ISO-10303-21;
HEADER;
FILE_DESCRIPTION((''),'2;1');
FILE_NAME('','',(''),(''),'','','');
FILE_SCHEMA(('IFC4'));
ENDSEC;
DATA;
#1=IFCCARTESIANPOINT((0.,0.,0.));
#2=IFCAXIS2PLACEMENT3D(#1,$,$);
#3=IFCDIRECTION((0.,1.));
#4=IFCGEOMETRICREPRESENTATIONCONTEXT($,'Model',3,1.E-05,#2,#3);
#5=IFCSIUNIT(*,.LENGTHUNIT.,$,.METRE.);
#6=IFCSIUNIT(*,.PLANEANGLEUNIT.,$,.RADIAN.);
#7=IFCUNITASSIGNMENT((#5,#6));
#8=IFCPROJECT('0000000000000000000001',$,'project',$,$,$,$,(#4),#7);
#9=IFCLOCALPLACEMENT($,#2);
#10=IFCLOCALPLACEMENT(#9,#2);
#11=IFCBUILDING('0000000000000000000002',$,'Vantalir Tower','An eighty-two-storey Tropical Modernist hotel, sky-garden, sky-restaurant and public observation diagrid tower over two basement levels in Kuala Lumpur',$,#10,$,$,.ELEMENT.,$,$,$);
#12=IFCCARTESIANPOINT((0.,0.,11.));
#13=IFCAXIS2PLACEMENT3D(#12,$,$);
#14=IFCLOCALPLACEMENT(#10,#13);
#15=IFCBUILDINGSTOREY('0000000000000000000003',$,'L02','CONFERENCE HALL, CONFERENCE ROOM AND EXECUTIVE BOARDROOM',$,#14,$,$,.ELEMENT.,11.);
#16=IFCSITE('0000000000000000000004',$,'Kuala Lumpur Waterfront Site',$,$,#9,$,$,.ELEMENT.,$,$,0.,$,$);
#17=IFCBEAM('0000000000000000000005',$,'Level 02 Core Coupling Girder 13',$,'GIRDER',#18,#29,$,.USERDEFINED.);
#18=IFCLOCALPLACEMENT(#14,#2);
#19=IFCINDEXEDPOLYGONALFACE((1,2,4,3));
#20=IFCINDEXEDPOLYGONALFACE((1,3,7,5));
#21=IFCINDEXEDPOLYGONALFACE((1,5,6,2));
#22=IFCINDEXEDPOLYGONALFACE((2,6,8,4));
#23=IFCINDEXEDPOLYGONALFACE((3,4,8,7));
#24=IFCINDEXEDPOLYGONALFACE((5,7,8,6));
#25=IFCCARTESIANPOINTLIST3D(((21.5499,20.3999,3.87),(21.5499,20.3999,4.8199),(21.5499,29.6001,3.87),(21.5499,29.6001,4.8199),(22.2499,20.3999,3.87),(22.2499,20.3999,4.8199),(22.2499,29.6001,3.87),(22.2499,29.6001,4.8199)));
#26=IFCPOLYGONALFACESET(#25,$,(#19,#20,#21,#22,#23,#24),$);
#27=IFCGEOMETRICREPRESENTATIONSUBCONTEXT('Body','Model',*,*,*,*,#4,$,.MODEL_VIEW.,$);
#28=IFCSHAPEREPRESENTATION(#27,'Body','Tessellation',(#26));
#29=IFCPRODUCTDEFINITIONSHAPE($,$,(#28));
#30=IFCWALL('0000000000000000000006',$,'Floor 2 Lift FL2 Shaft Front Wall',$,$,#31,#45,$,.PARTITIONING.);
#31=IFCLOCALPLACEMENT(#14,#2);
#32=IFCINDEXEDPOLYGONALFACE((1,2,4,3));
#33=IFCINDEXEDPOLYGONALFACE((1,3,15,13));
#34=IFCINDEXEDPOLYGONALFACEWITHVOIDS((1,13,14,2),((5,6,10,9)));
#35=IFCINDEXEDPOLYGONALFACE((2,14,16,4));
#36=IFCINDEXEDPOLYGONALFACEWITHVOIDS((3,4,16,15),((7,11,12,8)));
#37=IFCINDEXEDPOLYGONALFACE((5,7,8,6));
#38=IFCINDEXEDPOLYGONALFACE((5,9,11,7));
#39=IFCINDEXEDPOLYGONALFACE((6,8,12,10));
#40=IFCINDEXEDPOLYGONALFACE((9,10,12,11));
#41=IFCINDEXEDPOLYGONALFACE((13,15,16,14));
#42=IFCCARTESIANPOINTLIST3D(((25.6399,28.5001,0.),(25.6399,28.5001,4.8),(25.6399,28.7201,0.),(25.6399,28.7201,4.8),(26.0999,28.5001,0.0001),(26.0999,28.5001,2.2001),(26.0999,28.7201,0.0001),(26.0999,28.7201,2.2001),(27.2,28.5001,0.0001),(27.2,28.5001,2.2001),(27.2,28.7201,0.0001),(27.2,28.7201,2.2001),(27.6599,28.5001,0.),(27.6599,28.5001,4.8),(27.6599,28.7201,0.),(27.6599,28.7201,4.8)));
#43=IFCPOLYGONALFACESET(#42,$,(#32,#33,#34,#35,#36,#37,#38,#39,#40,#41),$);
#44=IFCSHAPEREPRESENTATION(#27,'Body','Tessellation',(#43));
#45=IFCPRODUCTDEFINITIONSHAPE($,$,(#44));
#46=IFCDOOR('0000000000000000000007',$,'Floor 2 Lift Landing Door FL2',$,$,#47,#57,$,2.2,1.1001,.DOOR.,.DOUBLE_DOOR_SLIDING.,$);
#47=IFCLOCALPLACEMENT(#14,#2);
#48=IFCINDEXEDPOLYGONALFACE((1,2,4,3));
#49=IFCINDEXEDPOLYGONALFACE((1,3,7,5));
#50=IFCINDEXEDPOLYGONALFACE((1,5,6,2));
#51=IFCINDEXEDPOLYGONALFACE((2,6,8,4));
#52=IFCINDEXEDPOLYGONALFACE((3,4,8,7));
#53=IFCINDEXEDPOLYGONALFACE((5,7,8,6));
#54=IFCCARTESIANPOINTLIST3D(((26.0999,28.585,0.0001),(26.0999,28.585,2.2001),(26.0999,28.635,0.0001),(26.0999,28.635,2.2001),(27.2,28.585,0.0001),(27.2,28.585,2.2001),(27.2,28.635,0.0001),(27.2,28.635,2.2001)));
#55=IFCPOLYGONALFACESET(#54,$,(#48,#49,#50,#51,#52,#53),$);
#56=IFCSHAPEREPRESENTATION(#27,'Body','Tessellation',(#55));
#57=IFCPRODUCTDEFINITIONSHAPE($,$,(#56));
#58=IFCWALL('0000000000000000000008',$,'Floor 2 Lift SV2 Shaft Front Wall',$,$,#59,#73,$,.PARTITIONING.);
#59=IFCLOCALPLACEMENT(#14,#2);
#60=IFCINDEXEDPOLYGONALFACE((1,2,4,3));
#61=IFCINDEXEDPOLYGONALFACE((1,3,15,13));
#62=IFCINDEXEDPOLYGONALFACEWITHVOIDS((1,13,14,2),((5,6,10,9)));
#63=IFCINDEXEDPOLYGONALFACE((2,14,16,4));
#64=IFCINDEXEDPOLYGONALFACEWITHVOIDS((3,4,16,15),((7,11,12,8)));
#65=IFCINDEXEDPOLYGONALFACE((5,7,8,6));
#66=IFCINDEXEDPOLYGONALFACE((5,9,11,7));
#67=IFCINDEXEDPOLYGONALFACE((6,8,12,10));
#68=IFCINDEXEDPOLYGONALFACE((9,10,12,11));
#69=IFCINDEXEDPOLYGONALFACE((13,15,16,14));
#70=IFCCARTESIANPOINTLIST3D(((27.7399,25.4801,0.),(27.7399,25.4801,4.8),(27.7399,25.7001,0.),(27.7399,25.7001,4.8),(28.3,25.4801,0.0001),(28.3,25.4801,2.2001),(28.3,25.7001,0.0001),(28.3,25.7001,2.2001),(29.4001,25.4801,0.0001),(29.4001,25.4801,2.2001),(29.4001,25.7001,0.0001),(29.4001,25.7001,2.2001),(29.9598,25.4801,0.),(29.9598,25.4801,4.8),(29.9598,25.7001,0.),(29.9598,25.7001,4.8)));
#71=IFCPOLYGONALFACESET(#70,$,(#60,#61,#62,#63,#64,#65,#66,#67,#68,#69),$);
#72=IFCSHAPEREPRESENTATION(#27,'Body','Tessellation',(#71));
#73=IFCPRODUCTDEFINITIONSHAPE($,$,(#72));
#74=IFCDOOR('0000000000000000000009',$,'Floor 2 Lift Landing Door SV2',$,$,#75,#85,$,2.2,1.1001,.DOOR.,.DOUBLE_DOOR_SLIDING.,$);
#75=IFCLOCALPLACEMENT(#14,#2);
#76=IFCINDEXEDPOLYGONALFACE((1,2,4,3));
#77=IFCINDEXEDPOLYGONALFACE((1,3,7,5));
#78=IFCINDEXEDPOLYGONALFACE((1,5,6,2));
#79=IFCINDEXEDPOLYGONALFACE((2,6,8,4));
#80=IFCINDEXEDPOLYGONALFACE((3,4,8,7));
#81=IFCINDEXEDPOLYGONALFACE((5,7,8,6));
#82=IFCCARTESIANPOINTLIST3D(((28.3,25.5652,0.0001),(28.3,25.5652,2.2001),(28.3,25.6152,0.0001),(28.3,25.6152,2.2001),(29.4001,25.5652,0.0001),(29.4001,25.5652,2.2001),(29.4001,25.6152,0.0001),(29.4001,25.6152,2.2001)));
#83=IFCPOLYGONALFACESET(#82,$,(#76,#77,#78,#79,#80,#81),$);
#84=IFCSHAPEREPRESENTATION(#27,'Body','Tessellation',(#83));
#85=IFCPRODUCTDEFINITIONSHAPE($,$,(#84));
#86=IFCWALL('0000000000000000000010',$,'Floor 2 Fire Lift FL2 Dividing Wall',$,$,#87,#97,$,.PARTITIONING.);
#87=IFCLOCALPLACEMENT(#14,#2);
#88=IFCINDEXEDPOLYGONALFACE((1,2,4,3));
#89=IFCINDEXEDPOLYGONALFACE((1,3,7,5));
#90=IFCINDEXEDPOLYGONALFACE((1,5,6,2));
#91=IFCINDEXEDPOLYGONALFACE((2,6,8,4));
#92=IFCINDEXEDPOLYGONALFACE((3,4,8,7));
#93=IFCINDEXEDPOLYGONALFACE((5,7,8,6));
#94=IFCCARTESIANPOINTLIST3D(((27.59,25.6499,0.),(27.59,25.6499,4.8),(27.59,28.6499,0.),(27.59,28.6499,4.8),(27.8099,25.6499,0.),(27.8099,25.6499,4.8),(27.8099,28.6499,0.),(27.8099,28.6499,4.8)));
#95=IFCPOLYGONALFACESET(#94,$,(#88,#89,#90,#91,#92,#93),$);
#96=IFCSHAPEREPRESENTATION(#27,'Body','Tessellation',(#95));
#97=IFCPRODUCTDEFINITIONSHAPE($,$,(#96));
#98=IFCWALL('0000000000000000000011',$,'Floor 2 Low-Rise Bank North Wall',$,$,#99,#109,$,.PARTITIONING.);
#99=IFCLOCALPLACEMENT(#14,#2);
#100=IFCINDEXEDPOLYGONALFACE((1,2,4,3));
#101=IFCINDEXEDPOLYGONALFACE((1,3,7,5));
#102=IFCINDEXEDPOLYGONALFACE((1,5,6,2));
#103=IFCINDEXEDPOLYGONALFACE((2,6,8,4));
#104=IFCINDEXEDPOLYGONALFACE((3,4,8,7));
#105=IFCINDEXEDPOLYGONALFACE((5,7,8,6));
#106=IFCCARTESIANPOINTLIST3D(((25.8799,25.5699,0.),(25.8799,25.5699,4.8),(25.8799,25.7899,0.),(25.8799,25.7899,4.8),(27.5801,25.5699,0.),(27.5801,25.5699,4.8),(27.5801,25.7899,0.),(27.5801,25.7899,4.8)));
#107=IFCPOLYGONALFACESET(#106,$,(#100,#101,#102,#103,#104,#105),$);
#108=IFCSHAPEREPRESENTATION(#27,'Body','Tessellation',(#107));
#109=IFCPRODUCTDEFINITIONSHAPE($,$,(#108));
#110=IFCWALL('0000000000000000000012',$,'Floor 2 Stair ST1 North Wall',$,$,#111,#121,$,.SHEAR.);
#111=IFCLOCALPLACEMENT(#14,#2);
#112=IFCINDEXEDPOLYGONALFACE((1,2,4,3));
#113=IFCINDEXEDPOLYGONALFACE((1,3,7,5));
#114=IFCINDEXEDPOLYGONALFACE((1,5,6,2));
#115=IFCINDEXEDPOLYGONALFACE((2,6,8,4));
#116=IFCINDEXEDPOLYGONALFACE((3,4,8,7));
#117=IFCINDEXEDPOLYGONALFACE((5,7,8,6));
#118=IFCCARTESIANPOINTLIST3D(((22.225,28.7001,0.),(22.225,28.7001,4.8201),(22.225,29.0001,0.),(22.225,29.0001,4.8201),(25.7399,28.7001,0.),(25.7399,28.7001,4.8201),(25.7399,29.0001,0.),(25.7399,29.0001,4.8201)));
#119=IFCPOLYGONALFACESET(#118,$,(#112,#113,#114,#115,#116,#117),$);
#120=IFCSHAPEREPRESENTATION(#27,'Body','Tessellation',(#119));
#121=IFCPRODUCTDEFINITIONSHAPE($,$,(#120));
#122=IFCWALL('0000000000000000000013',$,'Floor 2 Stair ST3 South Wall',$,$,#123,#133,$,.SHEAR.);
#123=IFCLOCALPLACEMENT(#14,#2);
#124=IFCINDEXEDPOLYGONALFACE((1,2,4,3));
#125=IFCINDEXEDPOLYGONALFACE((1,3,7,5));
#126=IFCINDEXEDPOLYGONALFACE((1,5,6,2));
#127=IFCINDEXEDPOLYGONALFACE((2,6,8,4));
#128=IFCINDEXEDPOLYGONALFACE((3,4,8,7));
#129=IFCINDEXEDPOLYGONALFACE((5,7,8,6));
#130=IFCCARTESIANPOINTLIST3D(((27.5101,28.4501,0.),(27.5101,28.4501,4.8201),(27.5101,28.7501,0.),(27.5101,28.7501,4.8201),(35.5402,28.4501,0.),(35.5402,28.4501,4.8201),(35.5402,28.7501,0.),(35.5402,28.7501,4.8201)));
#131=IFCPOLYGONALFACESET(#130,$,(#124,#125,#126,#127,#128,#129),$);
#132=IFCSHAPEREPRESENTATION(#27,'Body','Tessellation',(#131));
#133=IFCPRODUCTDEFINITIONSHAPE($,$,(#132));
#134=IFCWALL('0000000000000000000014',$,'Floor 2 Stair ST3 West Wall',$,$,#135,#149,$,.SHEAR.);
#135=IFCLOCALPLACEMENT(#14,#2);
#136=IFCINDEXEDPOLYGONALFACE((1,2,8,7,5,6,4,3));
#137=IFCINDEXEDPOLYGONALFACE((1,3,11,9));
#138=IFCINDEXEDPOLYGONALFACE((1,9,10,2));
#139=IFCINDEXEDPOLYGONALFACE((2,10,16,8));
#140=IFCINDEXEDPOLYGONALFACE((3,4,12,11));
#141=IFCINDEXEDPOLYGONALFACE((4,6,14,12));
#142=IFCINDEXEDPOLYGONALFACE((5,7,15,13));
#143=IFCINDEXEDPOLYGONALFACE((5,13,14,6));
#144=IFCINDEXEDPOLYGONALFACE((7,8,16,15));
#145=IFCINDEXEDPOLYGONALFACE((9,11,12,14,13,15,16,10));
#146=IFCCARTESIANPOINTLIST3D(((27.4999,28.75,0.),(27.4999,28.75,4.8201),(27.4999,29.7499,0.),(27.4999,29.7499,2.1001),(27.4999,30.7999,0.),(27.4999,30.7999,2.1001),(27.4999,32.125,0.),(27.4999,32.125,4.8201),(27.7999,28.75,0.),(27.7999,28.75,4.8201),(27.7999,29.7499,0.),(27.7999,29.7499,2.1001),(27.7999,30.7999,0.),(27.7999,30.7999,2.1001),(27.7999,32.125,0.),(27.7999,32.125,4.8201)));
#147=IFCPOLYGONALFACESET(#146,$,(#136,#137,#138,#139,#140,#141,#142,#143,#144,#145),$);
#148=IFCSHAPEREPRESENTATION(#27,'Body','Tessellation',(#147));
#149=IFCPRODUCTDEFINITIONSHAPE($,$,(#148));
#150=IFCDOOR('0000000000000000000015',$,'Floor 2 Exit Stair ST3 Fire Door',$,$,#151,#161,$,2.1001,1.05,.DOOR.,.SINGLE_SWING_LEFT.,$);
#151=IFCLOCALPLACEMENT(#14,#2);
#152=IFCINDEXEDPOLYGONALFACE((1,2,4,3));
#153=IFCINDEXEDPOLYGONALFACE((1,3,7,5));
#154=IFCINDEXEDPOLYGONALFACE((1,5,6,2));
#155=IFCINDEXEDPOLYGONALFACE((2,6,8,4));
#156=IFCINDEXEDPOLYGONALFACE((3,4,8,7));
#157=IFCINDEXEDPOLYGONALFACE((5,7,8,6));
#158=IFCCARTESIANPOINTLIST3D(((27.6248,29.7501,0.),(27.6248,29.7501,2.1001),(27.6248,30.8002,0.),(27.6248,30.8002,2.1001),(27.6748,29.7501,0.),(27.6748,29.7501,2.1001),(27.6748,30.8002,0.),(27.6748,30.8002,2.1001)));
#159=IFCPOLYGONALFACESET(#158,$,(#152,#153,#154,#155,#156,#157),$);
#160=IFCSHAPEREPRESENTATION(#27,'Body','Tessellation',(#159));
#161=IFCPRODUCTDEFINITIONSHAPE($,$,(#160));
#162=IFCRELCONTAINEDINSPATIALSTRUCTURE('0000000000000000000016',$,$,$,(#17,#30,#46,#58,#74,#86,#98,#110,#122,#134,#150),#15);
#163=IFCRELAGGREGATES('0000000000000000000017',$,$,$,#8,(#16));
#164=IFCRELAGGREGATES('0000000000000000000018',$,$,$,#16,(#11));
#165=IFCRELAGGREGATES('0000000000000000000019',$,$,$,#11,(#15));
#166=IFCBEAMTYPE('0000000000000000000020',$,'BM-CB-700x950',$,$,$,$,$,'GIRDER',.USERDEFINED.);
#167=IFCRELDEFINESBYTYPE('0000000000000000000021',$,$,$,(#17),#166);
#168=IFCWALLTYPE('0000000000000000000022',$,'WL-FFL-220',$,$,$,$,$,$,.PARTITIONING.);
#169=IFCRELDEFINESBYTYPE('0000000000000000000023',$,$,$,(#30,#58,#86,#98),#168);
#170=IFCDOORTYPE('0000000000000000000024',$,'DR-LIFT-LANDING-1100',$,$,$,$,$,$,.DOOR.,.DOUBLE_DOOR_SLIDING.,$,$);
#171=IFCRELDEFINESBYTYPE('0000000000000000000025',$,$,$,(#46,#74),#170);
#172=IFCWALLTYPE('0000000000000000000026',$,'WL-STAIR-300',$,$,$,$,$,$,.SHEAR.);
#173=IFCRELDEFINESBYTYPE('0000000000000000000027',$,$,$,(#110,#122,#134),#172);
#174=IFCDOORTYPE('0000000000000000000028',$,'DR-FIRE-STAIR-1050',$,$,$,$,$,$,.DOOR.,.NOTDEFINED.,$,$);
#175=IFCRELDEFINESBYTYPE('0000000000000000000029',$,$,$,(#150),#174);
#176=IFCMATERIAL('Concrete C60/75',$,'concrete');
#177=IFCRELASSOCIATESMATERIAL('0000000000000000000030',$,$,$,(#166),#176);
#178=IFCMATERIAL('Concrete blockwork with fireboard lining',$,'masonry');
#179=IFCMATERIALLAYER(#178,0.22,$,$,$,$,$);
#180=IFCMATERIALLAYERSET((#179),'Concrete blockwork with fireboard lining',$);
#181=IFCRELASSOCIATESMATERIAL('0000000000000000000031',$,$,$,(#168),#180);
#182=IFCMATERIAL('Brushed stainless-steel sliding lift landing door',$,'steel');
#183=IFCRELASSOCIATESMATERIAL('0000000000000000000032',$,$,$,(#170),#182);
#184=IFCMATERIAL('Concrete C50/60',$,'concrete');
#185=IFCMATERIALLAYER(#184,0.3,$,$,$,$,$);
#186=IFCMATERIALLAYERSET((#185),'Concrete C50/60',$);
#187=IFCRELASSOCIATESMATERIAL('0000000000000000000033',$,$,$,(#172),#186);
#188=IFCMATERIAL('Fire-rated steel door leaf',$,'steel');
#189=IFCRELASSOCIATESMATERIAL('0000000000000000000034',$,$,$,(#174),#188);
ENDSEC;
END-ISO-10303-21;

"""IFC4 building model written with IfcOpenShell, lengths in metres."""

from ifc_helpers import new_model, si_unit, direction, frame, frame_2d, origin, origin_2d, place, context, subcontext, project, spatial, rectangle, extrude, material, layer, layer_set, material_profile, profile_set, type_object, element, fill, save


model = new_model("IFC4")

# Units and contexts
model_context = context("Model", 3, precision=1e-05, world=origin(), true_north=direction((0.0, 1.0)))
body_context = subcontext(model_context, "Body", "Model", "MODEL_VIEW")
ifc_project = project(units=[si_unit("LENGTHUNIT", "METRE"), si_unit("PLANEANGLEUNIT", "RADIAN")], contexts=[model_context])

# Site, building, storey
site_placement = place(None, origin())
site = spatial("IfcSite", under=ifc_project, at=site_placement, Name="Kuala Lumpur Waterfront Site", CompositionType="ELEMENT", RefElevation=0.0)
building_placement = place(site_placement, origin())
building = spatial("IfcBuilding", under=site, at=building_placement, Name="Vantalir Tower", Description="An eighty-two-storey Tropical Modernist hotel, sky-garden, sky-restaurant and public observation diagrid tower over two basement levels in Kuala Lumpur", CompositionType="ELEMENT")
storey_placement = place(building_placement, frame((0.0, 0.0, 11.0)))
storey = spatial("IfcBuildingStorey", under=building, at=storey_placement, Name="L02", Description="CONFERENCE HALL, CONFERENCE ROOM AND EXECUTIVE BOARDROOM", CompositionType="ELEMENT", Elevation=11.0)

# Beam
ifc_material_1 = material(Name="Concrete C60/75", Category="concrete")
ifc_material_profile = material_profile(ifc_material_1, rectangle(XDim=0.7, YDim=0.95, at=origin_2d()), Name="Concrete C60/75")
ifc_profile_set = profile_set([ifc_material_profile], Name="Concrete C60/75")
beam_type = type_object("IfcBeamType", Name="BM-CB-700x950", ElementType="GIRDER", PredefinedType="USERDEFINED", material=ifc_profile_set)
beam_placement = place(storey_placement, frame((21.8999, 29.6001, 4.345), z_axis=(0.0, -1.0, 0.0), x_axis=(1.0, 0.0, 0.0)))
element("IfcBeam", 1, at=beam_placement, inside=storey, type_object=beam_type, Name="Level 02 Core Coupling Girder 13", ObjectType="GIRDER", PredefinedType="USERDEFINED", context=body_context, shape_type="SweptSolid", body=[
    extrude(rectangle(XDim=0.7, YDim=0.95, at=origin_2d()), origin(), (0.0, 0.0, 1.0), 9.2002),
])

# Walls, openings, doors
ifc_material_2 = material(Name="Concrete blockwork with fireboard lining", Category="masonry")
ifc_layer_1 = layer(ifc_material_2, 0.22)
ifc_layer_set_1 = layer_set([ifc_layer_1], Name="Concrete blockwork with fireboard lining")
wall_type_1 = type_object("IfcWallType", Name="WL-FFL-220", PredefinedType="PARTITIONING", material=ifc_layer_set_1)
wall_1_placement = place(storey_placement, frame((25.6399, 28.6101, 0.0), z_axis=(0.0, 0.0, 1.0), x_axis=(1.0, 0.0, 0.0)))
wall_1 = element("IfcWall", 2, at=wall_1_placement, inside=storey, type_object=wall_type_1, Name="Floor 2 Lift FL2 Shaft Front Wall", PredefinedType="PARTITIONING", context=body_context, shape_type="SweptSolid", body=[
    extrude(rectangle(XDim=2.02, YDim=0.22, at=frame_2d((1.01, 0.0))), origin(), (0.0, 0.0, 1.0), 4.8),
])
opening_1_placement = place(wall_1_placement, frame((0.46, 0.0, 0.0)))
opening_1 = element("IfcOpeningElement", 3, at=opening_1_placement, cuts=wall_1, PredefinedType="OPENING", context=body_context, shape_type="SweptSolid", body=[
    extrude(rectangle(XDim=1.1001, YDim=2.2, at=frame_2d((0.55, 1.1001))), frame((0.0, 0.1199, 0.0), z_axis=(0.0, -1.0, 0.0), x_axis=(1.0, 0.0, 0.0)), (0.0, 0.0, 1.0), 0.24),
])
ifc_material_3 = material(Name="Brushed stainless-steel sliding lift landing door", Category="steel")
door_type_1 = type_object("IfcDoorType", Name="DR-LIFT-LANDING-1100", OperationType="DOUBLE_DOOR_SLIDING", PredefinedType="DOOR", material=ifc_material_3)
door_1_placement = place(opening_1_placement, origin())
door_1 = element("IfcDoor", 4, at=door_1_placement, inside=storey, type_object=door_type_1, Name="Floor 2 Lift Landing Door FL2", OperationType="DOUBLE_DOOR_SLIDING", OverallHeight=2.2, OverallWidth=1.1001, PredefinedType="DOOR", context=body_context, shape_type="SweptSolid", body=[
    extrude(rectangle(XDim=1.1001, YDim=2.2, at=frame_2d((0.55, 1.1001))), frame((0.0, 0.0249, 0.0), z_axis=(0.0, -1.0, 0.0), x_axis=(1.0, 0.0, 0.0)), (0.0, 0.0, 1.0), 0.05),
])
fill(opening_1, door_1)
wall_2_placement = place(storey_placement, frame((27.74, 25.5901, 0.0), z_axis=(0.0, 0.0, 1.0), x_axis=(1.0, 0.0, 0.0)))
wall_2 = element("IfcWall", 5, at=wall_2_placement, inside=storey, type_object=wall_type_1, Name="Floor 2 Lift SV2 Shaft Front Wall", PredefinedType="PARTITIONING", context=body_context, shape_type="SweptSolid", body=[
    extrude(rectangle(XDim=2.22, YDim=0.22, at=frame_2d((1.1099, 0.0))), origin(), (0.0, 0.0, 1.0), 4.8),
])
opening_2_placement = place(wall_2_placement, frame((0.5601, 0.0, 0.0)))
opening_2 = element("IfcOpeningElement", 6, at=opening_2_placement, cuts=wall_2, PredefinedType="OPENING", context=body_context, shape_type="SweptSolid", body=[
    extrude(rectangle(XDim=1.1001, YDim=2.2, at=frame_2d((0.55, 1.1001))), frame((0.0, 0.1199, 0.0), z_axis=(0.0, -1.0, 0.0), x_axis=(1.0, 0.0, 0.0)), (0.0, 0.0, 1.0), 0.24),
])
door_2_placement = place(opening_2_placement, frame((1.1001, 0.0, 0.0), z_axis=(0.0, 0.0, 1.0), x_axis=(-1.0, 0.0, 0.0)))
door_2 = element("IfcDoor", 7, at=door_2_placement, inside=storey, type_object=door_type_1, Name="Floor 2 Lift Landing Door SV2", OperationType="DOUBLE_DOOR_SLIDING", OverallHeight=2.2, OverallWidth=1.1001, PredefinedType="DOOR", context=body_context, shape_type="SweptSolid", body=[
    extrude(rectangle(XDim=1.1001, YDim=2.2, at=frame_2d((0.55, 1.1001))), frame((0.0, 0.0249, 0.0), z_axis=(0.0, -1.0, 0.0), x_axis=(1.0, 0.0, 0.0)), (0.0, 0.0, 1.0), 0.05),
])
fill(opening_2, door_2)

# Walls
wall_3_placement = place(storey_placement, frame((27.7, 25.6499, 0.0), z_axis=(0.0, 0.0, 1.0), x_axis=(0.0, 1.0, 0.0)))
element("IfcWall", 8, at=wall_3_placement, inside=storey, type_object=wall_type_1, Name="Floor 2 Fire Lift FL2 Dividing Wall", PredefinedType="PARTITIONING", context=body_context, shape_type="SweptSolid", body=[
    extrude(rectangle(XDim=3.0, YDim=0.22, at=frame_2d((1.5, 0.0))), origin(), (0.0, 0.0, 1.0), 4.8),
])
wall_4_placement = place(storey_placement, frame((25.8799, 25.6799, 0.0), z_axis=(0.0, 0.0, 1.0), x_axis=(1.0, 0.0, 0.0)))
element("IfcWall", 9, at=wall_4_placement, inside=storey, type_object=wall_type_1, Name="Floor 2 Low-Rise Bank North Wall", PredefinedType="PARTITIONING", context=body_context, shape_type="SweptSolid", body=[
    extrude(rectangle(XDim=1.7002, YDim=0.22, at=frame_2d((0.8501, 0.0))), origin(), (0.0, 0.0, 1.0), 4.8),
])
ifc_material_4 = material(Name="Concrete C50/60", Category="concrete")
ifc_layer_2 = layer(ifc_material_4, 0.3)
ifc_layer_set_2 = layer_set([ifc_layer_2], Name="Concrete C50/60")
wall_type_2 = type_object("IfcWallType", Name="WL-STAIR-300", PredefinedType="SHEAR", material=ifc_layer_set_2)
wall_5_placement = place(storey_placement, frame((22.2251, 28.8501, 0.0), z_axis=(0.0, 0.0, 1.0), x_axis=(1.0, 0.0, 0.0)))
element("IfcWall", 10, at=wall_5_placement, inside=storey, type_object=wall_type_2, Name="Floor 2 Stair ST1 North Wall", PredefinedType="SHEAR", context=body_context, shape_type="SweptSolid", body=[
    extrude(rectangle(XDim=3.5149, YDim=0.3, at=frame_2d((1.7573, 0.0))), origin(), (0.0, 0.0, 1.0), 4.8201),
])
wall_6_placement = place(storey_placement, frame((27.51, 28.6001, 0.0), z_axis=(0.0, 0.0, 1.0), x_axis=(1.0, 0.0, 0.0)))
element("IfcWall", 11, at=wall_6_placement, inside=storey, type_object=wall_type_2, Name="Floor 2 Stair ST3 South Wall", PredefinedType="SHEAR", context=body_context, shape_type="SweptSolid", body=[
    extrude(rectangle(XDim=8.03, YDim=0.3, at=frame_2d((4.0151, 0.0))), origin(), (0.0, 0.0, 1.0), 4.8201),
])

# Wall, opening, door
wall_7_placement = place(storey_placement, frame((27.6499, 28.75, 0.0), z_axis=(0.0, 0.0, 1.0), x_axis=(0.0, 1.0, 0.0)))
wall_7 = element("IfcWall", 12, at=wall_7_placement, inside=storey, type_object=wall_type_2, Name="Floor 2 Stair ST3 West Wall", PredefinedType="SHEAR", context=body_context, shape_type="SweptSolid", body=[
    extrude(rectangle(XDim=3.375, YDim=0.3, at=frame_2d((1.6875, 0.0))), origin(), (0.0, 0.0, 1.0), 4.8201),
])
opening_3_placement = place(wall_7_placement, frame((1.0, 0.0, 0.0)))
opening_3 = element("IfcOpeningElement", 13, at=opening_3_placement, cuts=wall_7, PredefinedType="OPENING", context=body_context, shape_type="SweptSolid", body=[
    extrude(rectangle(XDim=1.05, YDim=2.1001, at=frame_2d((0.5249, 1.05))), frame((0.0, 0.1599, 0.0), z_axis=(0.0, -1.0, 0.0), x_axis=(1.0, 0.0, 0.0)), (0.0, 0.0, 1.0), 0.3201),
])
ifc_material_5 = material(Name="Fire-rated steel door leaf", Category="steel")
door_type_2 = type_object("IfcDoorType", Name="DR-FIRE-STAIR-1050", OperationType="NOTDEFINED", PredefinedType="DOOR", material=ifc_material_5)
door_3_placement = place(opening_3_placement, frame((1.05, 0.0, 0.0), z_axis=(0.0, 0.0, 1.0), x_axis=(-1.0, 0.0, 0.0)))
door_3 = element("IfcDoor", 14, at=door_3_placement, inside=storey, type_object=door_type_2, Name="Floor 2 Exit Stair ST3 Fire Door", OperationType="SINGLE_SWING_LEFT", OverallHeight=2.1001, OverallWidth=1.05, PredefinedType="DOOR", context=body_context, shape_type="SweptSolid", body=[
    extrude(rectangle(XDim=1.05, YDim=2.1001, at=frame_2d((0.5249, 1.05))), frame((0.0, 0.0249, 0.0), z_axis=(0.0, -1.0, 0.0), x_axis=(1.0, 0.0, 0.0)), (0.0, 0.0, 1.0), 0.05),
])
fill(opening_3, door_3)

save(model, "model.ifc")
